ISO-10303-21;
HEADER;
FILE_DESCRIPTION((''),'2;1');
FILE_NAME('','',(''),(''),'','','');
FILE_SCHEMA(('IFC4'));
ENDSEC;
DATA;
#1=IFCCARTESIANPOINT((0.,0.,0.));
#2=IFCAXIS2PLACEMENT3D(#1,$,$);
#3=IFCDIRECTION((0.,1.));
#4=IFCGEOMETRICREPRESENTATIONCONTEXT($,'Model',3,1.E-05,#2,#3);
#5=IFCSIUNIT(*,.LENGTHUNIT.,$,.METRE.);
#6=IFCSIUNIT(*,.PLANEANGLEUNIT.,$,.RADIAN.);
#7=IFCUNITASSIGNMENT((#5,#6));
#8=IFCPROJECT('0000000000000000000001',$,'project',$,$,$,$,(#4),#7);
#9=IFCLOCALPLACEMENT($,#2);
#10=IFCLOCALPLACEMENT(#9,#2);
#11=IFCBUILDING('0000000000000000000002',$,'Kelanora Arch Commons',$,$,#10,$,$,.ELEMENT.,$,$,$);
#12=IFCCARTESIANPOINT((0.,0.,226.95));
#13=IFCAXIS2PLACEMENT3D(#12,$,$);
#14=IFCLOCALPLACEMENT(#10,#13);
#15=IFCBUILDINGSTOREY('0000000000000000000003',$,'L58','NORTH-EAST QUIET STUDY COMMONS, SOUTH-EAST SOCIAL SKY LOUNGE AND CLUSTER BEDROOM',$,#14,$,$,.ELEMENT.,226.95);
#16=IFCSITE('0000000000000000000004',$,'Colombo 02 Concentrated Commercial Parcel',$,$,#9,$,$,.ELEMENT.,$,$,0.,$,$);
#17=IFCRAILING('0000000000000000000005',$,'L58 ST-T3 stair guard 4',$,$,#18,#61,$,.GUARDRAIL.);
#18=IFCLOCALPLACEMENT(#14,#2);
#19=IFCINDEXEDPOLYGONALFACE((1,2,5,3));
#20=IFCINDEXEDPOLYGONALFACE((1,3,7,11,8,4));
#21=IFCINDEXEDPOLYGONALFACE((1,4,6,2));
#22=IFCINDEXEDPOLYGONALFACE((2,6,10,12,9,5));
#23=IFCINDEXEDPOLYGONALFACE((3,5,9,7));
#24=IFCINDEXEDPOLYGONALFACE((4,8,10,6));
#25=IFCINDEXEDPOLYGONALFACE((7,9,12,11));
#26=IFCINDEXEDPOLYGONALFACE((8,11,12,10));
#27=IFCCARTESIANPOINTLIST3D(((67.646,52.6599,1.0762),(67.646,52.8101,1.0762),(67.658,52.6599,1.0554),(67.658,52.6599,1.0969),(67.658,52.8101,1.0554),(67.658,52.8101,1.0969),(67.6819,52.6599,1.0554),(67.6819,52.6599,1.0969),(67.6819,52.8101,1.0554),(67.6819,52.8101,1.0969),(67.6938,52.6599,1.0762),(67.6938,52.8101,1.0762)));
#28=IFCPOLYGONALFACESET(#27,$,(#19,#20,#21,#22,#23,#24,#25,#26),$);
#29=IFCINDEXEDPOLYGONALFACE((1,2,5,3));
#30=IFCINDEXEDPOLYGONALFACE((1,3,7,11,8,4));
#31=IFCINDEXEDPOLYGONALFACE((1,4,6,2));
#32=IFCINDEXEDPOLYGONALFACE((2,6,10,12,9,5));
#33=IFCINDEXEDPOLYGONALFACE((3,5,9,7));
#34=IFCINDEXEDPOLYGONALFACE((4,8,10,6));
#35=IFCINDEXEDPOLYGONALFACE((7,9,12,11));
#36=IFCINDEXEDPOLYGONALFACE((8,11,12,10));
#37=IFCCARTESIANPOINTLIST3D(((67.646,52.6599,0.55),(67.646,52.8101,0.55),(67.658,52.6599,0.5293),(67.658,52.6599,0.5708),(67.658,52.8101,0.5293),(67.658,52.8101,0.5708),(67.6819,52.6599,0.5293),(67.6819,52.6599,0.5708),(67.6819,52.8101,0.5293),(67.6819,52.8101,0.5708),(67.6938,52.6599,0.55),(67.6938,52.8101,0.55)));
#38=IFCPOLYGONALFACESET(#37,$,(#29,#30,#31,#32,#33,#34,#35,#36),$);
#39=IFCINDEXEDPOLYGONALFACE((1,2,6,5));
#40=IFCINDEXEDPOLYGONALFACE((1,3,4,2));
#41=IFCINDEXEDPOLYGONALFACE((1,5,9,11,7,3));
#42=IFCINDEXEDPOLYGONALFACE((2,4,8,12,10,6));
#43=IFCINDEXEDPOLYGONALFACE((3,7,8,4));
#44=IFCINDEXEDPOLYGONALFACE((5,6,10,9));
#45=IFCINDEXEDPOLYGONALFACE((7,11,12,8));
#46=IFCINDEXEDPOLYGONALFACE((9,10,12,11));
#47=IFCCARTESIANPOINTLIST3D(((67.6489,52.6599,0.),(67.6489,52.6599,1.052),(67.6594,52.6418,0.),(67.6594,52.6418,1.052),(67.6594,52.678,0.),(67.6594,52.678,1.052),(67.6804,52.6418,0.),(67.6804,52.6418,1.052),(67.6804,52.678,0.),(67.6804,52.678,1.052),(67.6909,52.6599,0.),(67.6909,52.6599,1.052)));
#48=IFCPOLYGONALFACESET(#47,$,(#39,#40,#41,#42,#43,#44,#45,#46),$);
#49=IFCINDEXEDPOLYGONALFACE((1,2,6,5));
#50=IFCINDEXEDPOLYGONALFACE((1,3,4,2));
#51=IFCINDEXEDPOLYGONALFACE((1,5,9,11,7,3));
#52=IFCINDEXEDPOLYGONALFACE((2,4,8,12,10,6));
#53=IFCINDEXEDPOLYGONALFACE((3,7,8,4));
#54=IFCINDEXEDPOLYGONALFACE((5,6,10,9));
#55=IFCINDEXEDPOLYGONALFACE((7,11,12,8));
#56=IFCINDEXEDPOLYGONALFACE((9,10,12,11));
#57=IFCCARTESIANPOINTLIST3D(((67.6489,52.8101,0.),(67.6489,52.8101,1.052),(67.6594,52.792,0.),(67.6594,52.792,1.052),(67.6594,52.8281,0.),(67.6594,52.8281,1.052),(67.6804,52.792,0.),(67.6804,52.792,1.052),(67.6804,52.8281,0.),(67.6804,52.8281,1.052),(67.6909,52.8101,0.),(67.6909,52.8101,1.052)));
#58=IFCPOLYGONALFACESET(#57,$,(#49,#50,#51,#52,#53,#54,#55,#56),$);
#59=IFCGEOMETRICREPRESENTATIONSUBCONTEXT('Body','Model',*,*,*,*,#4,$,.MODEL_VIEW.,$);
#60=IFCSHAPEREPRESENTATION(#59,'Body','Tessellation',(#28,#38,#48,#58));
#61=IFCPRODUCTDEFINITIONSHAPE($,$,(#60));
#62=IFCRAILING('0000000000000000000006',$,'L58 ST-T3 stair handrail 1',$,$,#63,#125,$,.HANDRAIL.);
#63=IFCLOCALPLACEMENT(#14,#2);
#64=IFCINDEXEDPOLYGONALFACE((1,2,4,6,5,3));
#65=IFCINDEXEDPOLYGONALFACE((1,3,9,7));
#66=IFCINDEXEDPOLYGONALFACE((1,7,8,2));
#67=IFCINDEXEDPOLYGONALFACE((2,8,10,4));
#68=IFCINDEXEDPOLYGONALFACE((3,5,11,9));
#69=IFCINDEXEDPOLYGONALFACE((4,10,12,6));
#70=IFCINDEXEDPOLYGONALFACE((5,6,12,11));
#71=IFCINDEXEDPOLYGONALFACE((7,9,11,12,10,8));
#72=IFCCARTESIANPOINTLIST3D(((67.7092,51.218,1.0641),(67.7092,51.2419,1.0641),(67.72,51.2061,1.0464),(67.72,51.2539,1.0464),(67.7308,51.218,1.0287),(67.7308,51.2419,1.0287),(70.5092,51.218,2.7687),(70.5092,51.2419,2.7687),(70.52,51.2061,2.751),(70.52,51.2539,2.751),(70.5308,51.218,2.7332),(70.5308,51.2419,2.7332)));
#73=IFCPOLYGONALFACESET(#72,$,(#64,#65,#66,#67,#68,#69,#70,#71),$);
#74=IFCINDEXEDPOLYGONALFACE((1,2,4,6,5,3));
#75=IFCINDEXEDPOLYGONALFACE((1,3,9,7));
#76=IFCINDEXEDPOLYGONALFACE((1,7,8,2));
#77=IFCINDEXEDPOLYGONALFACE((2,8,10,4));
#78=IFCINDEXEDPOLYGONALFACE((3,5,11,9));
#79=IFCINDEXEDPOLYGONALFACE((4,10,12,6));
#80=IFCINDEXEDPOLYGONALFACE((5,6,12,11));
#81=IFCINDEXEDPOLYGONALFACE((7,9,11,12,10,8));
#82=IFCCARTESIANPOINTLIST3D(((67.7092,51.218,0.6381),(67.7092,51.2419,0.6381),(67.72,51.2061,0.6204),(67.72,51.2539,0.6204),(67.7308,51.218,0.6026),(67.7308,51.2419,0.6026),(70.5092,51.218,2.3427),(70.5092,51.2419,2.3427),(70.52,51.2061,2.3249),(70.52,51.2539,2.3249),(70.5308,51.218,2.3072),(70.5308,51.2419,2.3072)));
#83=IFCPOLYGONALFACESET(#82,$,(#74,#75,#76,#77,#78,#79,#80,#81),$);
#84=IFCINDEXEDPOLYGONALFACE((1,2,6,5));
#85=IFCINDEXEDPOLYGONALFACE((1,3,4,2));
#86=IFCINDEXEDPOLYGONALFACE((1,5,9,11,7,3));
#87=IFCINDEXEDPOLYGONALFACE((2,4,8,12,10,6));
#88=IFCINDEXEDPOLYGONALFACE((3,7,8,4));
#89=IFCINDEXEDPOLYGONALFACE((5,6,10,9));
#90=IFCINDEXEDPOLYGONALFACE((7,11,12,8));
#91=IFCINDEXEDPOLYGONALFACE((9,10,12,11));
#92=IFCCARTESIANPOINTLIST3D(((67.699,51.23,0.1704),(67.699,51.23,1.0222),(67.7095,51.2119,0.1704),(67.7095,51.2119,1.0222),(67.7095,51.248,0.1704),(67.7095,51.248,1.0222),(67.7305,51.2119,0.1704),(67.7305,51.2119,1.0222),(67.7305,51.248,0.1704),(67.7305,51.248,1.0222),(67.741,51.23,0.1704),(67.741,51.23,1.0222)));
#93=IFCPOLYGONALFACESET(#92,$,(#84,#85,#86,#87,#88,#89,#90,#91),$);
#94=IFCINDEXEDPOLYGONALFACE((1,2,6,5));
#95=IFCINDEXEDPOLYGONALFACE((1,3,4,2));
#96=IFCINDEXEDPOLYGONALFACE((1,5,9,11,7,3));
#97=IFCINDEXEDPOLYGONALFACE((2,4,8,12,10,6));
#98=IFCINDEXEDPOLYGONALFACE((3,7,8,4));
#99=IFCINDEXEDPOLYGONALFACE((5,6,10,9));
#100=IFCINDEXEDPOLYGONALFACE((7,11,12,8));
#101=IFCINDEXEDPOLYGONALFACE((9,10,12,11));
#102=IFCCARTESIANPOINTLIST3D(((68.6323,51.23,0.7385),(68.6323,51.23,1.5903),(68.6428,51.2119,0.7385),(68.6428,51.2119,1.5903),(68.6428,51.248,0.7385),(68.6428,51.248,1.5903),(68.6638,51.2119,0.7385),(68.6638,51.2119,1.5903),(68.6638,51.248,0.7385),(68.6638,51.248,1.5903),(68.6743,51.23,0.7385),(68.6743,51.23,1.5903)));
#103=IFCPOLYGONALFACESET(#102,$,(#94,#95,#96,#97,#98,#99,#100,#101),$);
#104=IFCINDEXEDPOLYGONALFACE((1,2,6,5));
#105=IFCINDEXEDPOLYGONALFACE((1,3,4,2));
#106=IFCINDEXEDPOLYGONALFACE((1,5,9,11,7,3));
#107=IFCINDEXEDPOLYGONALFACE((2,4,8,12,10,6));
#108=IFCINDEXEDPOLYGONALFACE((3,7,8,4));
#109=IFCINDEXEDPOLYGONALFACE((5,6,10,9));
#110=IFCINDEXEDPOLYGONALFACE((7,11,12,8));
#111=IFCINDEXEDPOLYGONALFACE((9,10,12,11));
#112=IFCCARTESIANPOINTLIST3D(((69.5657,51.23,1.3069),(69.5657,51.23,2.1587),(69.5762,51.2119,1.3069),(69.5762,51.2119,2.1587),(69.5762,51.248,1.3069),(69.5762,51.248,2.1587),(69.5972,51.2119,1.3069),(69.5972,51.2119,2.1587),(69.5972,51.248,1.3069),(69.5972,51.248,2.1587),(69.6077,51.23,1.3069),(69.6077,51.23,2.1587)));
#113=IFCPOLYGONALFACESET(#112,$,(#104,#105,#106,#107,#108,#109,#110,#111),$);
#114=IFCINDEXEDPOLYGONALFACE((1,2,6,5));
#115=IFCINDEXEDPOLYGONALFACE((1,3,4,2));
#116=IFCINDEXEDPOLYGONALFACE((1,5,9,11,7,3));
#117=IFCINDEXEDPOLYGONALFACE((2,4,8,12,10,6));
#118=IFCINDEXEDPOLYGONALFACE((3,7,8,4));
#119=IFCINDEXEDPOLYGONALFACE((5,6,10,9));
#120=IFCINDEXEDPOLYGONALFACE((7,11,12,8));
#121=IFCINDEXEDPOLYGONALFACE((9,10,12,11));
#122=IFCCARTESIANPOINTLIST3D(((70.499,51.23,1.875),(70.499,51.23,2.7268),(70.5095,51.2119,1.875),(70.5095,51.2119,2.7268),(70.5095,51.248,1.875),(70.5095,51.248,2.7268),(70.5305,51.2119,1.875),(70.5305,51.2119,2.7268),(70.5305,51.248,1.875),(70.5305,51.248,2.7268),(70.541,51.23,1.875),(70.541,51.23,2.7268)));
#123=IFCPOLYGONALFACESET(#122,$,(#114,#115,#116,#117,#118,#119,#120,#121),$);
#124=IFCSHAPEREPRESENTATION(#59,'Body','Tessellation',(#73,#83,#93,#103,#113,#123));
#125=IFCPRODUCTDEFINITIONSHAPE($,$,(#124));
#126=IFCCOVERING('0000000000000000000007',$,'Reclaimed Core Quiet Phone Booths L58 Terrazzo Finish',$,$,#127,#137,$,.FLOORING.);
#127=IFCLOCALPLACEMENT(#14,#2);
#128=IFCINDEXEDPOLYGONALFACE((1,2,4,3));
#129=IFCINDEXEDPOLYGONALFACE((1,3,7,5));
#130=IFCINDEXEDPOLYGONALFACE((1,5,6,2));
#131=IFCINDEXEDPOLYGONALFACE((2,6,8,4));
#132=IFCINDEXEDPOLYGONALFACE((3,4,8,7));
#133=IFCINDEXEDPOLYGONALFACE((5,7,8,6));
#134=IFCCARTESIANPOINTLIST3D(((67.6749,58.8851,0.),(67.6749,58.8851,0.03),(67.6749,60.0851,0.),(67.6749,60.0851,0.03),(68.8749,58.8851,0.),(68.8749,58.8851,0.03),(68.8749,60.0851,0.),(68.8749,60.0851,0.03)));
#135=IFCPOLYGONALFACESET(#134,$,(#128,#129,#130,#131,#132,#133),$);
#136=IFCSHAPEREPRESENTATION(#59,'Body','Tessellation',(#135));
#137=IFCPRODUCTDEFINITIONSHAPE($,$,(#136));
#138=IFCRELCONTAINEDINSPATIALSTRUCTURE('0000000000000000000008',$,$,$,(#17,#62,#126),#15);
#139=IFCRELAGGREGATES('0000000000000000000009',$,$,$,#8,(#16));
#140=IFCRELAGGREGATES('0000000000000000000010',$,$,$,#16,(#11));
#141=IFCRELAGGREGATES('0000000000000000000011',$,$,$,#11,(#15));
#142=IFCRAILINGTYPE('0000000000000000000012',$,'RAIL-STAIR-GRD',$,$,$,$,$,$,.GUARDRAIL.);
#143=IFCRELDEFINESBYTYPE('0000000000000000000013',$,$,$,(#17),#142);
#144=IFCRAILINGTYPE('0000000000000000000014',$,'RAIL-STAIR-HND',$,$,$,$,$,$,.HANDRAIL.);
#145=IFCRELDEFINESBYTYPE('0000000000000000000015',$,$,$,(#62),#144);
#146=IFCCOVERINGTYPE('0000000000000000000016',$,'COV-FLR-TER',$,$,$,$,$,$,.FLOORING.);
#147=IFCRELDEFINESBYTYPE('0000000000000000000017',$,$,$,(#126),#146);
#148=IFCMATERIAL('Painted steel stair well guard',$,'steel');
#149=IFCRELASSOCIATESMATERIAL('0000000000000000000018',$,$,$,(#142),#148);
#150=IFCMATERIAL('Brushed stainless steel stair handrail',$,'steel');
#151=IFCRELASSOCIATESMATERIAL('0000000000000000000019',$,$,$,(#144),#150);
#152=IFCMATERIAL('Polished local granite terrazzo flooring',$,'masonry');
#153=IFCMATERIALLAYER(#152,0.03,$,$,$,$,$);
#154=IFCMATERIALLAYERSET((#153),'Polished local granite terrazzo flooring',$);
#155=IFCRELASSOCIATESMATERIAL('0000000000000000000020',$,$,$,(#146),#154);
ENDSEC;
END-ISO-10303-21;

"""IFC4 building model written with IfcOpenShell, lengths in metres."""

from ifc_helpers import new_model, si_unit, direction, frame, origin, origin_2d, place, context, subcontext, project, spatial, polyline, rectangle, outline, extrude, source, transform, mapped, material, layer, layer_set, type_object, element, save


model = new_model("IFC4")

# Units and contexts
model_context = context("Model", 3, precision=1e-05, world=origin(), true_north=direction((0.0, 1.0)))
body_context = subcontext(model_context, "Body", "Model", "MODEL_VIEW")
ifc_project = project(units=[si_unit("LENGTHUNIT", "METRE"), si_unit("PLANEANGLEUNIT", "RADIAN")], contexts=[model_context])

# Site, building, storey
site_placement = place(None, origin())
site = spatial("IfcSite", under=ifc_project, at=site_placement, Name="Colombo 02 Concentrated Commercial Parcel", CompositionType="ELEMENT", RefElevation=0.0)
building_placement = place(site_placement, origin())
building = spatial("IfcBuilding", under=site, at=building_placement, Name="Kelanora Arch Commons", CompositionType="ELEMENT")
storey_placement = place(building_placement, frame((0.0, 0.0, 226.95)))
storey = spatial("IfcBuildingStorey", under=building, at=storey_placement, Name="L58", Description="NORTH-EAST QUIET STUDY COMMONS, SOUTH-EAST SOCIAL SKY LOUNGE AND CLUSTER BEDROOM", CompositionType="ELEMENT", Elevation=226.95)

# Railings
ifc_material_1 = material(Name="Painted steel stair well guard", Category="steel")
railing_type_1 = type_object("IfcRailingType", Name="RAIL-STAIR-GRD", PredefinedType="GUARDRAIL", material=ifc_material_1)
railing_1_placement = place(storey_placement, frame((67.6699, 52.6599, 0.0)))
element("IfcRailing", 1, at=railing_1_placement, inside=storey, type_object=railing_type_1, Name="L58 ST-T3 stair guard 4", PredefinedType="GUARDRAIL", context=body_context, shape_type="SweptSolid", body=[
    extrude(outline(polyline([(0.0239, 0.0), (0.012, 0.0208), (-0.012, 0.0208), (-0.0239, 0.0), (-0.012, -0.0208), (0.012, -0.0208), (0.0239, 0.0)])), frame((0.0, 0.0, 1.0762), z_axis=(0.0, 1.0, 0.0), x_axis=(-1.0, 0.0, 0.0)), (0.0, 0.0, 1.0), 0.1501),
    extrude(outline(polyline([(0.0239, 0.0), (0.012, 0.0208), (-0.012, 0.0208), (-0.0239, 0.0), (-0.012, -0.0208), (0.012, -0.0208), (0.0239, 0.0)])), frame((0.0, 0.0, 0.55), z_axis=(0.0, 1.0, 0.0), x_axis=(-1.0, 0.0, 0.0)), (0.0, 0.0, 1.0), 0.1501),
    extrude(outline(polyline([(0.021, 0.0), (0.0105, 0.0181), (-0.0105, 0.0181), (-0.021, 0.0), (-0.0105, -0.0181), (0.0105, -0.0181), (0.021, 0.0)])), origin(), (0.0, 0.0, 1.0), 1.052),
    extrude(outline(polyline([(0.021, 0.0), (0.0105, 0.0181), (-0.0105, 0.0181), (-0.021, 0.0), (-0.0105, -0.0181), (0.0105, -0.0181), (0.021, 0.0)])), frame((0.0, 0.1501, 0.0)), (0.0, 0.0, 1.0), 1.052),
])
ifc_material_2 = material(Name="Brushed stainless steel stair handrail", Category="steel")
railing_type_2 = type_object("IfcRailingType", Name="RAIL-STAIR-HND", PredefinedType="HANDRAIL", material=ifc_material_2)
railing_2_placement = place(storey_placement, frame((67.72, 51.23, 0.1704)))
element("IfcRailing", 2, at=railing_2_placement, inside=storey, type_object=railing_type_2, Name="L58 ST-T3 stair handrail 1", PredefinedType="HANDRAIL", context=body_context, shape_type="SweptSolid", body=[
    extrude(outline(polyline([(0.0239, 0.0), (0.012, 0.0208), (-0.012, 0.0208), (-0.0239, 0.0), (-0.012, -0.0208), (0.012, -0.0208), (0.0239, 0.0)])), frame((0.0, 0.0, 0.876), z_axis=(0.85417, 0.0, 0.519994), x_axis=(0.0, 1.0, 0.0)), (0.0, 0.0, 1.0), 3.2781),
    extrude(outline(polyline([(0.0239, 0.0), (0.012, 0.0208), (-0.012, 0.0208), (-0.0239, 0.0), (-0.012, -0.0208), (0.012, -0.0208), (0.0239, 0.0)])), frame((0.0, 0.0, 0.45), z_axis=(0.85417, 0.0, 0.519994), x_axis=(0.0, 1.0, 0.0)), (0.0, 0.0, 1.0), 3.2781),
    extrude(outline(polyline([(0.021, 0.0), (0.0105, 0.0181), (-0.0105, 0.0181), (-0.021, 0.0), (-0.0105, -0.0181), (0.0105, -0.0181), (0.021, 0.0)])), origin(), (0.0, 0.0, 1.0), 0.8518),
    extrude(outline(polyline([(0.021, 0.0), (0.0105, 0.0181), (-0.0105, 0.0181), (-0.021, 0.0), (-0.0105, -0.0181), (0.0105, -0.0181), (0.021, 0.0)])), frame((0.9333, 0.0, 0.5681)), (0.0, 0.0, 1.0), 0.8518),
    extrude(outline(polyline([(0.021, 0.0), (0.0105, 0.0181), (-0.0105, 0.0181), (-0.021, 0.0), (-0.0105, -0.0181), (0.0105, -0.0181), (0.021, 0.0)])), frame((1.8667, 0.0, 1.1365)), (0.0, 0.0, 1.0), 0.8518),
    extrude(outline(polyline([(0.021, 0.0), (0.0105, 0.0181), (-0.0105, 0.0181), (-0.021, 0.0), (-0.0105, -0.0181), (0.0105, -0.0181), (0.021, 0.0)])), frame((2.8, 0.0, 1.7046)), (0.0, 0.0, 1.0), 0.8518),
])

# Covering
ifc_material_3 = material(Name="Polished local granite terrazzo flooring", Category="masonry")
ifc_layer_1 = layer(ifc_material_3, 0.03)
ifc_layer_set_1 = layer_set([ifc_layer_1], Name="Polished local granite terrazzo flooring")
covering_type = type_object("IfcCoveringType", Name="COV-FLR-TER", PredefinedType="FLOORING", material=ifc_layer_set_1)
shared_shape = source(origin(), body_context, "Body", "SweptSolid", [
    extrude(rectangle(XDim=1.2, YDim=1.2, at=origin_2d()), origin(), (0.0, 0.0, 1.0), 0.03),
])
covering_placement = place(storey_placement, frame((68.2749, 59.4851, 0.0), z_axis=(0.0, 0.0, 1.0), x_axis=(1.0, 0.0, 0.0)))
element("IfcCovering", 3, at=covering_placement, inside=storey, type_object=covering_type, Name="Reclaimed Core Quiet Phone Booths L58 Terrazzo Finish", PredefinedType="FLOORING", context=body_context, shape_type="MappedRepresentation", body=[
    mapped(shared_shape, transform((0.0, 0.0, 0.0), scale=1.0)),
])

save(model, "model.ifc")
